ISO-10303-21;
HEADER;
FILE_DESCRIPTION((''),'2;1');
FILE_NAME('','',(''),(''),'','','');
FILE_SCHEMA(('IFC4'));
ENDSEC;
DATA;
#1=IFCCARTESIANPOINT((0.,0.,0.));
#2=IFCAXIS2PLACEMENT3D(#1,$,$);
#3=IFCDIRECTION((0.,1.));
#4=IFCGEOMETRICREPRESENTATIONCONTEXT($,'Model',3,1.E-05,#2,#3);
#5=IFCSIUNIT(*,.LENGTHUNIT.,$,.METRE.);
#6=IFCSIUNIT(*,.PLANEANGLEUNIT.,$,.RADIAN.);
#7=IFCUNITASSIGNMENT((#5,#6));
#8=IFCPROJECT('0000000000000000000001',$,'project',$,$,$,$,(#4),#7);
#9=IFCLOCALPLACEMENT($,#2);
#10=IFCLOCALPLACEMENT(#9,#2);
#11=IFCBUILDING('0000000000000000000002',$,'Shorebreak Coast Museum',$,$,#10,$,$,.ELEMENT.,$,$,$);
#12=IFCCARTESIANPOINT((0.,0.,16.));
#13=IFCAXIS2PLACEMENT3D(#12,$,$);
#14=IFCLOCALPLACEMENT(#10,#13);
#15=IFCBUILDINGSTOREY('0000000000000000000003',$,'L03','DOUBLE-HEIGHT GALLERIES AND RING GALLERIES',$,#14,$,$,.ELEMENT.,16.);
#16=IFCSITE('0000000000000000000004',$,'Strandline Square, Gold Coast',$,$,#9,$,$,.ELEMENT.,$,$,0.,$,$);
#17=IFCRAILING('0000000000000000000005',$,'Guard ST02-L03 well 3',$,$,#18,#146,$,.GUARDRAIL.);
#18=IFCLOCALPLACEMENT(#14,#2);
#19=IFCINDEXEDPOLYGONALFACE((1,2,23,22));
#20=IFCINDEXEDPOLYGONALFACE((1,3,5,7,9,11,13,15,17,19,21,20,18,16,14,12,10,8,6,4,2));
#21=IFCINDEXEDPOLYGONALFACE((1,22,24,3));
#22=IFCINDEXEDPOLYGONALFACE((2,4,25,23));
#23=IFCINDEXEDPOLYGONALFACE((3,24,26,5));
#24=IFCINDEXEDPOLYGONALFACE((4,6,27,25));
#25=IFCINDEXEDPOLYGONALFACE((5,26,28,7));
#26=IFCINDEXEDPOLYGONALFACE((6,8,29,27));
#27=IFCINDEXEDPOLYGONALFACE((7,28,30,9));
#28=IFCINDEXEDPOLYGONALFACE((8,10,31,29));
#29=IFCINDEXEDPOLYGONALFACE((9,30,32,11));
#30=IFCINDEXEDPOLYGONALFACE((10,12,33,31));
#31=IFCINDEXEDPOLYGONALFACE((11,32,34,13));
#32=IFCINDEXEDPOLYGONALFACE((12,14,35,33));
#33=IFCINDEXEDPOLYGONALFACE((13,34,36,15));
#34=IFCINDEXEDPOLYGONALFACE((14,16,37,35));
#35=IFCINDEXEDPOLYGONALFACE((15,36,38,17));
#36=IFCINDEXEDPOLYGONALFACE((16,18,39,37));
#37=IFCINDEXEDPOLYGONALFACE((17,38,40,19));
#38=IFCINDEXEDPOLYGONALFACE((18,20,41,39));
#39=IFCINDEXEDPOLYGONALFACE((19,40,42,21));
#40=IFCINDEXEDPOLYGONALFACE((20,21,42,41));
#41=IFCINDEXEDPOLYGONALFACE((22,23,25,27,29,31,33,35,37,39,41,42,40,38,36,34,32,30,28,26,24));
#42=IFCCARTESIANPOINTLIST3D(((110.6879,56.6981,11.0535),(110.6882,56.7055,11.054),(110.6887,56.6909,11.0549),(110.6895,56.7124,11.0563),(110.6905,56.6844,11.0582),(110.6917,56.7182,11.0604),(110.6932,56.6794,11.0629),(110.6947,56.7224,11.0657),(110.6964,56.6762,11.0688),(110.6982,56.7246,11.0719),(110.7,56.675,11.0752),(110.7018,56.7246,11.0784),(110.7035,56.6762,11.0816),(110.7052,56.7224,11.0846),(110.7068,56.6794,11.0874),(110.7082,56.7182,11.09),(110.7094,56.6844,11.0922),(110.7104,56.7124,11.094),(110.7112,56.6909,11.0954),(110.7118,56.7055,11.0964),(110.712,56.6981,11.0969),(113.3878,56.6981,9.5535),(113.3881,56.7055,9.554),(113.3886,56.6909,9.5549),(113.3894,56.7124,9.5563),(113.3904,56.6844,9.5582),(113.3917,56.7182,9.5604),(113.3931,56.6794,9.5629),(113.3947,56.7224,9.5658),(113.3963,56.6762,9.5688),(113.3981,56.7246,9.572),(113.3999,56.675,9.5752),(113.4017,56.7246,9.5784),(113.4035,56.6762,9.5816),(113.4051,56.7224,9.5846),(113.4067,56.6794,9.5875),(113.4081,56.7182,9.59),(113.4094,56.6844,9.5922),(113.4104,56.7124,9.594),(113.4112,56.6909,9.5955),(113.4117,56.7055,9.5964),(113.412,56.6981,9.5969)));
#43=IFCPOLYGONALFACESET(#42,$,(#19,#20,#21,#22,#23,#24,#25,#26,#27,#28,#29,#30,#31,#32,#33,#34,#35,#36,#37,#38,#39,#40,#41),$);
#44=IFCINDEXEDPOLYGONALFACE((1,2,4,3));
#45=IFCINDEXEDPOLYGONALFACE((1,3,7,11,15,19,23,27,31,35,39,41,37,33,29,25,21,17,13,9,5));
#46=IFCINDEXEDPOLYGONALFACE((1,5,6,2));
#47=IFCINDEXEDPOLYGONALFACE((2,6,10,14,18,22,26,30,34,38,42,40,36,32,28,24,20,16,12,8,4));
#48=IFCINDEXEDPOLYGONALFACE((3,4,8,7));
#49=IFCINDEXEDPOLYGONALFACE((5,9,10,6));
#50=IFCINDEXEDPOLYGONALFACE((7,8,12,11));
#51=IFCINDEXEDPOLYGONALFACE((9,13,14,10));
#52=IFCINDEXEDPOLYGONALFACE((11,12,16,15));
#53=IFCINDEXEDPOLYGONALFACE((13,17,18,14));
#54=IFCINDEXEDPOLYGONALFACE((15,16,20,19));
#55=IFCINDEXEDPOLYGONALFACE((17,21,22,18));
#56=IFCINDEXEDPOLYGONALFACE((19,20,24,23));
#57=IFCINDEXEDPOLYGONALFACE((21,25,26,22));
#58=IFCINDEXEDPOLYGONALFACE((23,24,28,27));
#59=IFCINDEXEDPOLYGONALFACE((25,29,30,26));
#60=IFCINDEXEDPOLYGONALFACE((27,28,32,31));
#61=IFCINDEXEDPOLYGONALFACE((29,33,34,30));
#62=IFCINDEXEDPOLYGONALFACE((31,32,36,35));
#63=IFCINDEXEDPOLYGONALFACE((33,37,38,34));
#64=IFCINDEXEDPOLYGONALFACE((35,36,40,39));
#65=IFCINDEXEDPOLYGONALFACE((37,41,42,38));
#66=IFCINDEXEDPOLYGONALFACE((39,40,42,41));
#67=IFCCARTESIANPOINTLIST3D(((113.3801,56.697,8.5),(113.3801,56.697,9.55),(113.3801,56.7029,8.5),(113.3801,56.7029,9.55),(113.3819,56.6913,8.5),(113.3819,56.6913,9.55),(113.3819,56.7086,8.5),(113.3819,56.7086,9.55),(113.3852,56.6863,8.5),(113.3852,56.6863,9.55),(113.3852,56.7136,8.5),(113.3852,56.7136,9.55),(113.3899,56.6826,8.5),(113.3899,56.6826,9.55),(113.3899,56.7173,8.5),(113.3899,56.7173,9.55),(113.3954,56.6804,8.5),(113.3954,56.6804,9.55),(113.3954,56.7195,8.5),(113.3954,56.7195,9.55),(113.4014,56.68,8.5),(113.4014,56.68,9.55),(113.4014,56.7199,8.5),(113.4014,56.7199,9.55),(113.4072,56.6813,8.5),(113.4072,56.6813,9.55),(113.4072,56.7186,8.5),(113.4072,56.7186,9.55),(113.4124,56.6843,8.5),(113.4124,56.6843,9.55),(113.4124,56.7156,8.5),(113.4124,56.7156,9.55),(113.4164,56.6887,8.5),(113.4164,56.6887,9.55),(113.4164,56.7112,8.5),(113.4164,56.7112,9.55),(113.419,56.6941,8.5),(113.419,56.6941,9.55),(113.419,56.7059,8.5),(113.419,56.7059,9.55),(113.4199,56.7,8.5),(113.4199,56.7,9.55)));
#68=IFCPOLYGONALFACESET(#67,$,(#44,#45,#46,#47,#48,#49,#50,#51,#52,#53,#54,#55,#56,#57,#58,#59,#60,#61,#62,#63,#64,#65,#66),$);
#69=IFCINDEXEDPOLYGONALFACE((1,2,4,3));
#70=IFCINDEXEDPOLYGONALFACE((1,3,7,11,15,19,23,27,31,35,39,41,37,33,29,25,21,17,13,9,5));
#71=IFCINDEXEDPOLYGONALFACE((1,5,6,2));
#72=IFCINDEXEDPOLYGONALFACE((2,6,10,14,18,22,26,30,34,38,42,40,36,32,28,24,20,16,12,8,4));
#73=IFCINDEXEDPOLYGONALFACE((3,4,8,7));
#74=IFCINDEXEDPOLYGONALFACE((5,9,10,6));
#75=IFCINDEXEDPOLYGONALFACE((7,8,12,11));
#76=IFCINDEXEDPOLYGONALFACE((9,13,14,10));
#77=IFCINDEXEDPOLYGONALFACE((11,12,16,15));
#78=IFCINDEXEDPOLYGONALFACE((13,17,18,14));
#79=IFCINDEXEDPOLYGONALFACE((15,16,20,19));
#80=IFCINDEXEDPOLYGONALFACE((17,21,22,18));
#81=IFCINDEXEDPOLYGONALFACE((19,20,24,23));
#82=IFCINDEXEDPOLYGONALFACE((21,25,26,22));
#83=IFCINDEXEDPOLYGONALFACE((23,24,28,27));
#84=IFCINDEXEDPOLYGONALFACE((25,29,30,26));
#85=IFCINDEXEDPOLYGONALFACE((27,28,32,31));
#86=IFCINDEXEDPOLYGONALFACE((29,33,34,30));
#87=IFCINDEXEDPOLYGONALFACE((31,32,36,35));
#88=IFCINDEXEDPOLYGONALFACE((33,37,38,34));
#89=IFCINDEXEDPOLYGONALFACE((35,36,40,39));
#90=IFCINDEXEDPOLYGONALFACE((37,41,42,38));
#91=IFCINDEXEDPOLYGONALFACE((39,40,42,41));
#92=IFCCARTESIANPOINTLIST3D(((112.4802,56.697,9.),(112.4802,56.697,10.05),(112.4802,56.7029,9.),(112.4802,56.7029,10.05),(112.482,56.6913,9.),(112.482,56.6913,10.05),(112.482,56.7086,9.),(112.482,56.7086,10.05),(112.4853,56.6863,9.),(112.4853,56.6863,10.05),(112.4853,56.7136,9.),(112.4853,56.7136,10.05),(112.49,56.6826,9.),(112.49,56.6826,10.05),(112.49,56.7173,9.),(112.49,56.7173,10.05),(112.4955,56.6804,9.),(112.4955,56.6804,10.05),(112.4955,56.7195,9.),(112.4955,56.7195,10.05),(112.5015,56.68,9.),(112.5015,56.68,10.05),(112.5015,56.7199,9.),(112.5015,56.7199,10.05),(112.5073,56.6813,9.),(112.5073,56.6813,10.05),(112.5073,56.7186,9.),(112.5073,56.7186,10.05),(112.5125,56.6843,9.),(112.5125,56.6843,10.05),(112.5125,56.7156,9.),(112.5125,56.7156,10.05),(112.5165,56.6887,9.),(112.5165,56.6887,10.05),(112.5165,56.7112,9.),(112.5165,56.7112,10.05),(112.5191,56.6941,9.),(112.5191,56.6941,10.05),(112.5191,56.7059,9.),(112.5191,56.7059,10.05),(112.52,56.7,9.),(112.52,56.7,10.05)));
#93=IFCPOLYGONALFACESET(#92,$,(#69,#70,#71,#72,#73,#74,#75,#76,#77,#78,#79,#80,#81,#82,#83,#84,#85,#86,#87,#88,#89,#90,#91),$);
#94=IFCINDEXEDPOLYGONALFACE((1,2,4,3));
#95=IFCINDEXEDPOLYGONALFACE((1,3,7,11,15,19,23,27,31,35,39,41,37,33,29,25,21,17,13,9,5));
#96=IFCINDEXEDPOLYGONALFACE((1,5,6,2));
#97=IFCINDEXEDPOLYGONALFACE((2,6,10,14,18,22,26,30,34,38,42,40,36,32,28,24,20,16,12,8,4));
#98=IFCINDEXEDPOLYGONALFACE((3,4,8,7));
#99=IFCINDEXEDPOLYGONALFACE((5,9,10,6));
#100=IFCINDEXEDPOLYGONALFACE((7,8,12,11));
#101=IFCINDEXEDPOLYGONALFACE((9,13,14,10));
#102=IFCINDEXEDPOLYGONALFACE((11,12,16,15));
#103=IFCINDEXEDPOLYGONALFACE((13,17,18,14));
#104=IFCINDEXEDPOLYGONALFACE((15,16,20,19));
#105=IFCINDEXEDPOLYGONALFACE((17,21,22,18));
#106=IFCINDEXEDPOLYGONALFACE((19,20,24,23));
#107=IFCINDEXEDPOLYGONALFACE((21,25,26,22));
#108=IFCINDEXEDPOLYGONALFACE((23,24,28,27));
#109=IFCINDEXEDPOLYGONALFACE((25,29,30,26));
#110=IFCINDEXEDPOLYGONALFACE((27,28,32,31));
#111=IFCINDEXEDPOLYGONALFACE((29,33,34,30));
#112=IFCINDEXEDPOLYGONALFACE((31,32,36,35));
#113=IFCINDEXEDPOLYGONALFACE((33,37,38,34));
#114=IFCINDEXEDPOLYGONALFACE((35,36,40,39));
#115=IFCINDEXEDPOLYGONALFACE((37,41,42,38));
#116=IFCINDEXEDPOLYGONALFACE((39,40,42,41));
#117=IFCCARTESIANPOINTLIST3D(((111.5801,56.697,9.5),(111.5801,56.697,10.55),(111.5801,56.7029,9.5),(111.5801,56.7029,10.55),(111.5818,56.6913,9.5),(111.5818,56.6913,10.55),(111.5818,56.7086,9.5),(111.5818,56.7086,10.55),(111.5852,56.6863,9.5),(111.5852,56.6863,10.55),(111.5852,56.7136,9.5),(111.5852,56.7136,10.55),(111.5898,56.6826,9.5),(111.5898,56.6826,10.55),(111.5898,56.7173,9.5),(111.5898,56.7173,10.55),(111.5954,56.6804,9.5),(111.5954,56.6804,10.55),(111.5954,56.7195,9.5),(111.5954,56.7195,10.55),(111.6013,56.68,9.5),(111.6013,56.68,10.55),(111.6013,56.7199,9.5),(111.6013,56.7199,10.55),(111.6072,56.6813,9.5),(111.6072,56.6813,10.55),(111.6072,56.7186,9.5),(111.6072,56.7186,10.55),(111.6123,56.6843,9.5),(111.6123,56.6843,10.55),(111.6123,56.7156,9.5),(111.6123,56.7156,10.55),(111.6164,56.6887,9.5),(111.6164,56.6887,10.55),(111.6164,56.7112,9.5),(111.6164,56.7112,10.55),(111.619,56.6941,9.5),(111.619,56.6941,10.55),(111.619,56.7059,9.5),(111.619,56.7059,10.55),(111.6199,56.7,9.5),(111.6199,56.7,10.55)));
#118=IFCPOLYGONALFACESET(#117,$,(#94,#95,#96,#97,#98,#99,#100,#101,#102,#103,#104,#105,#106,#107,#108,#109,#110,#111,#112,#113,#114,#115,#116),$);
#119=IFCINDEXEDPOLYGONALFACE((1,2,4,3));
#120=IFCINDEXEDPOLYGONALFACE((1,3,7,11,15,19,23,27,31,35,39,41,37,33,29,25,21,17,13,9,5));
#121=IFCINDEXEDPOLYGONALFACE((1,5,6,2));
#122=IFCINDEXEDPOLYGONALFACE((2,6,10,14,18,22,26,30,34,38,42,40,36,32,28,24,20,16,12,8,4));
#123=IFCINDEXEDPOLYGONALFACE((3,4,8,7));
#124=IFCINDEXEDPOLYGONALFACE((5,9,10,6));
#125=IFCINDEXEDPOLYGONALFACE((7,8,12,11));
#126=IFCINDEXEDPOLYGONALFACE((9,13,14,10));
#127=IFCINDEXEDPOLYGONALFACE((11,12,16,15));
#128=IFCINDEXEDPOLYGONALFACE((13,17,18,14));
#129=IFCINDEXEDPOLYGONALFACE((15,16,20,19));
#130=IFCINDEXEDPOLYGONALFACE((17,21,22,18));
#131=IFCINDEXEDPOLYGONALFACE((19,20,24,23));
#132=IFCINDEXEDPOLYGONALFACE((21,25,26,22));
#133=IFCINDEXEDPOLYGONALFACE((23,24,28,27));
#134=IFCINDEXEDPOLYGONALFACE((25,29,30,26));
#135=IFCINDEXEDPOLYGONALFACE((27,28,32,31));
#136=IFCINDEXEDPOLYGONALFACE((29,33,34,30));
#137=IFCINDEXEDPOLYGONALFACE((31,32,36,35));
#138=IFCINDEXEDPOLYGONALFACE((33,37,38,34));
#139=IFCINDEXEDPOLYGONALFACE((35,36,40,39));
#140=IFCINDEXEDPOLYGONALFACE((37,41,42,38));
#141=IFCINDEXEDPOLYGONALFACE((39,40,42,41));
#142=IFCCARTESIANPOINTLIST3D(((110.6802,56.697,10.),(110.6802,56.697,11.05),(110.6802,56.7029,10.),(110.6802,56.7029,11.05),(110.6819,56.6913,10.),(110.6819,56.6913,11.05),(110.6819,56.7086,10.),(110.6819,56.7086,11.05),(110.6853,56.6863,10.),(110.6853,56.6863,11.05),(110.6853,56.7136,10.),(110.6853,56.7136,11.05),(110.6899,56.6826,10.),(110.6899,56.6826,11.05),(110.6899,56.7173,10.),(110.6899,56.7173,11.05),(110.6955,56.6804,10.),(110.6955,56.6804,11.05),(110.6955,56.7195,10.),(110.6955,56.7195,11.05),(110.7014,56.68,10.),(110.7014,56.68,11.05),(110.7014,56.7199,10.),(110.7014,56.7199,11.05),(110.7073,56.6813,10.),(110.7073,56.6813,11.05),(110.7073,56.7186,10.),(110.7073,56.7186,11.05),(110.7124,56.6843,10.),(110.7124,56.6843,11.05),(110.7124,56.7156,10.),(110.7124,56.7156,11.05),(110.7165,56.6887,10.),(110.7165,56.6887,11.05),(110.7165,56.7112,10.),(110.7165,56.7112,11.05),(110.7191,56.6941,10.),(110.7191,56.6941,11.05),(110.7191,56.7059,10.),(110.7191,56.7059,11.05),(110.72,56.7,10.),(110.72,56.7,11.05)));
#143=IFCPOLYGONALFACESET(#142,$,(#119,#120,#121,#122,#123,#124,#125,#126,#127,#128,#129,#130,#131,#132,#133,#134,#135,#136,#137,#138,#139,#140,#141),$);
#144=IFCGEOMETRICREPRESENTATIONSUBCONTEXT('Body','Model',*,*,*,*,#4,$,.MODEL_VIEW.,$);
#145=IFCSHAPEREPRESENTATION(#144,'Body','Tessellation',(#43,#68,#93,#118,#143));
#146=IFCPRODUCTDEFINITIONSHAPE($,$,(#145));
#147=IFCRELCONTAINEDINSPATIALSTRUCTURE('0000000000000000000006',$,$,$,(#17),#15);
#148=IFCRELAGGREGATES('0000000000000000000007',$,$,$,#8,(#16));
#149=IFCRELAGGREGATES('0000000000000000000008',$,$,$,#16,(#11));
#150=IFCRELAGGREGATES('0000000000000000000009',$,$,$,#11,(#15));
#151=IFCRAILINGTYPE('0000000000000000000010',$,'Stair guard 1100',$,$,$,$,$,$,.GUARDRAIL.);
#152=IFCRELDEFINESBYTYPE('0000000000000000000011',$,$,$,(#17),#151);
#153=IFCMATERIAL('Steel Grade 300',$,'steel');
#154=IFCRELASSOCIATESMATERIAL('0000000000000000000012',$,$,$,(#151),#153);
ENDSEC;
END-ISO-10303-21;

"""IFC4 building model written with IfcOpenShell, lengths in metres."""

from ifc_helpers import new_model, si_unit, direction, frame, origin, origin_2d, place, context, subcontext, project, spatial, circle, extrude, material, type_object, element, save


model = new_model("IFC4")

# Units and contexts
model_context = context("Model", 3, precision=1e-05, world=origin(), true_north=direction((0.0, 1.0)))
body_context = subcontext(model_context, "Body", "Model", "MODEL_VIEW")
ifc_project = project(units=[si_unit("LENGTHUNIT", "METRE"), si_unit("PLANEANGLEUNIT", "RADIAN")], contexts=[model_context])

# Site, building, storey
site_placement = place(None, origin())
site = spatial("IfcSite", under=ifc_project, at=site_placement, Name="Strandline Square, Gold Coast", CompositionType="ELEMENT", RefElevation=0.0)
building_placement = place(site_placement, origin())
building = spatial("IfcBuilding", under=site, at=building_placement, Name="Shorebreak Coast Museum", CompositionType="ELEMENT")
storey_placement = place(building_placement, frame((0.0, 0.0, 16.0)))
storey = spatial("IfcBuildingStorey", under=building, at=storey_placement, Name="L03", Description="DOUBLE-HEIGHT GALLERIES AND RING GALLERIES", CompositionType="ELEMENT", Elevation=16.0)

# Railing
ifc_material_1 = material(Name="Steel Grade 300", Category="steel")
railing_type_1 = type_object("IfcRailingType", Name="Stair guard 1100", PredefinedType="GUARDRAIL", material=ifc_material_1)
for number, where, name in (
    (1, (113.3999, 56.7, 8.5), "Guard ST02-L03 well 3"),
):
    element("IfcRailing", number, at=place(storey_placement, frame(where)), inside=storey, type_object=railing_type_1, Name=name, PredefinedType="GUARDRAIL", context=body_context, shape_type="SweptSolid", body=[
        extrude(circle(Radius=0.0249, at=origin_2d()), frame((0.0, 0.0, 1.0752), z_axis=(-0.874154, 0.0, 0.48565), x_axis=(0.0, -1.0, 0.0)), (0.0, 0.0, 1.0), 3.0886),
        extrude(circle(Radius=0.02, at=origin_2d()), origin(), (0.0, 0.0, 1.0), 1.05),
        extrude(circle(Radius=0.02, at=origin_2d()), frame((-0.8999, 0.0, 0.5)), (0.0, 0.0, 1.0), 1.05),
        extrude(circle(Radius=0.02, at=origin_2d()), frame((-1.8, 0.0, 1.0)), (0.0, 0.0, 1.0), 1.05),
        extrude(circle(Radius=0.02, at=origin_2d()), frame((-2.7, 0.0, 1.5)), (0.0, 0.0, 1.0), 1.05),
    ])

save(model, "model.ifc")
